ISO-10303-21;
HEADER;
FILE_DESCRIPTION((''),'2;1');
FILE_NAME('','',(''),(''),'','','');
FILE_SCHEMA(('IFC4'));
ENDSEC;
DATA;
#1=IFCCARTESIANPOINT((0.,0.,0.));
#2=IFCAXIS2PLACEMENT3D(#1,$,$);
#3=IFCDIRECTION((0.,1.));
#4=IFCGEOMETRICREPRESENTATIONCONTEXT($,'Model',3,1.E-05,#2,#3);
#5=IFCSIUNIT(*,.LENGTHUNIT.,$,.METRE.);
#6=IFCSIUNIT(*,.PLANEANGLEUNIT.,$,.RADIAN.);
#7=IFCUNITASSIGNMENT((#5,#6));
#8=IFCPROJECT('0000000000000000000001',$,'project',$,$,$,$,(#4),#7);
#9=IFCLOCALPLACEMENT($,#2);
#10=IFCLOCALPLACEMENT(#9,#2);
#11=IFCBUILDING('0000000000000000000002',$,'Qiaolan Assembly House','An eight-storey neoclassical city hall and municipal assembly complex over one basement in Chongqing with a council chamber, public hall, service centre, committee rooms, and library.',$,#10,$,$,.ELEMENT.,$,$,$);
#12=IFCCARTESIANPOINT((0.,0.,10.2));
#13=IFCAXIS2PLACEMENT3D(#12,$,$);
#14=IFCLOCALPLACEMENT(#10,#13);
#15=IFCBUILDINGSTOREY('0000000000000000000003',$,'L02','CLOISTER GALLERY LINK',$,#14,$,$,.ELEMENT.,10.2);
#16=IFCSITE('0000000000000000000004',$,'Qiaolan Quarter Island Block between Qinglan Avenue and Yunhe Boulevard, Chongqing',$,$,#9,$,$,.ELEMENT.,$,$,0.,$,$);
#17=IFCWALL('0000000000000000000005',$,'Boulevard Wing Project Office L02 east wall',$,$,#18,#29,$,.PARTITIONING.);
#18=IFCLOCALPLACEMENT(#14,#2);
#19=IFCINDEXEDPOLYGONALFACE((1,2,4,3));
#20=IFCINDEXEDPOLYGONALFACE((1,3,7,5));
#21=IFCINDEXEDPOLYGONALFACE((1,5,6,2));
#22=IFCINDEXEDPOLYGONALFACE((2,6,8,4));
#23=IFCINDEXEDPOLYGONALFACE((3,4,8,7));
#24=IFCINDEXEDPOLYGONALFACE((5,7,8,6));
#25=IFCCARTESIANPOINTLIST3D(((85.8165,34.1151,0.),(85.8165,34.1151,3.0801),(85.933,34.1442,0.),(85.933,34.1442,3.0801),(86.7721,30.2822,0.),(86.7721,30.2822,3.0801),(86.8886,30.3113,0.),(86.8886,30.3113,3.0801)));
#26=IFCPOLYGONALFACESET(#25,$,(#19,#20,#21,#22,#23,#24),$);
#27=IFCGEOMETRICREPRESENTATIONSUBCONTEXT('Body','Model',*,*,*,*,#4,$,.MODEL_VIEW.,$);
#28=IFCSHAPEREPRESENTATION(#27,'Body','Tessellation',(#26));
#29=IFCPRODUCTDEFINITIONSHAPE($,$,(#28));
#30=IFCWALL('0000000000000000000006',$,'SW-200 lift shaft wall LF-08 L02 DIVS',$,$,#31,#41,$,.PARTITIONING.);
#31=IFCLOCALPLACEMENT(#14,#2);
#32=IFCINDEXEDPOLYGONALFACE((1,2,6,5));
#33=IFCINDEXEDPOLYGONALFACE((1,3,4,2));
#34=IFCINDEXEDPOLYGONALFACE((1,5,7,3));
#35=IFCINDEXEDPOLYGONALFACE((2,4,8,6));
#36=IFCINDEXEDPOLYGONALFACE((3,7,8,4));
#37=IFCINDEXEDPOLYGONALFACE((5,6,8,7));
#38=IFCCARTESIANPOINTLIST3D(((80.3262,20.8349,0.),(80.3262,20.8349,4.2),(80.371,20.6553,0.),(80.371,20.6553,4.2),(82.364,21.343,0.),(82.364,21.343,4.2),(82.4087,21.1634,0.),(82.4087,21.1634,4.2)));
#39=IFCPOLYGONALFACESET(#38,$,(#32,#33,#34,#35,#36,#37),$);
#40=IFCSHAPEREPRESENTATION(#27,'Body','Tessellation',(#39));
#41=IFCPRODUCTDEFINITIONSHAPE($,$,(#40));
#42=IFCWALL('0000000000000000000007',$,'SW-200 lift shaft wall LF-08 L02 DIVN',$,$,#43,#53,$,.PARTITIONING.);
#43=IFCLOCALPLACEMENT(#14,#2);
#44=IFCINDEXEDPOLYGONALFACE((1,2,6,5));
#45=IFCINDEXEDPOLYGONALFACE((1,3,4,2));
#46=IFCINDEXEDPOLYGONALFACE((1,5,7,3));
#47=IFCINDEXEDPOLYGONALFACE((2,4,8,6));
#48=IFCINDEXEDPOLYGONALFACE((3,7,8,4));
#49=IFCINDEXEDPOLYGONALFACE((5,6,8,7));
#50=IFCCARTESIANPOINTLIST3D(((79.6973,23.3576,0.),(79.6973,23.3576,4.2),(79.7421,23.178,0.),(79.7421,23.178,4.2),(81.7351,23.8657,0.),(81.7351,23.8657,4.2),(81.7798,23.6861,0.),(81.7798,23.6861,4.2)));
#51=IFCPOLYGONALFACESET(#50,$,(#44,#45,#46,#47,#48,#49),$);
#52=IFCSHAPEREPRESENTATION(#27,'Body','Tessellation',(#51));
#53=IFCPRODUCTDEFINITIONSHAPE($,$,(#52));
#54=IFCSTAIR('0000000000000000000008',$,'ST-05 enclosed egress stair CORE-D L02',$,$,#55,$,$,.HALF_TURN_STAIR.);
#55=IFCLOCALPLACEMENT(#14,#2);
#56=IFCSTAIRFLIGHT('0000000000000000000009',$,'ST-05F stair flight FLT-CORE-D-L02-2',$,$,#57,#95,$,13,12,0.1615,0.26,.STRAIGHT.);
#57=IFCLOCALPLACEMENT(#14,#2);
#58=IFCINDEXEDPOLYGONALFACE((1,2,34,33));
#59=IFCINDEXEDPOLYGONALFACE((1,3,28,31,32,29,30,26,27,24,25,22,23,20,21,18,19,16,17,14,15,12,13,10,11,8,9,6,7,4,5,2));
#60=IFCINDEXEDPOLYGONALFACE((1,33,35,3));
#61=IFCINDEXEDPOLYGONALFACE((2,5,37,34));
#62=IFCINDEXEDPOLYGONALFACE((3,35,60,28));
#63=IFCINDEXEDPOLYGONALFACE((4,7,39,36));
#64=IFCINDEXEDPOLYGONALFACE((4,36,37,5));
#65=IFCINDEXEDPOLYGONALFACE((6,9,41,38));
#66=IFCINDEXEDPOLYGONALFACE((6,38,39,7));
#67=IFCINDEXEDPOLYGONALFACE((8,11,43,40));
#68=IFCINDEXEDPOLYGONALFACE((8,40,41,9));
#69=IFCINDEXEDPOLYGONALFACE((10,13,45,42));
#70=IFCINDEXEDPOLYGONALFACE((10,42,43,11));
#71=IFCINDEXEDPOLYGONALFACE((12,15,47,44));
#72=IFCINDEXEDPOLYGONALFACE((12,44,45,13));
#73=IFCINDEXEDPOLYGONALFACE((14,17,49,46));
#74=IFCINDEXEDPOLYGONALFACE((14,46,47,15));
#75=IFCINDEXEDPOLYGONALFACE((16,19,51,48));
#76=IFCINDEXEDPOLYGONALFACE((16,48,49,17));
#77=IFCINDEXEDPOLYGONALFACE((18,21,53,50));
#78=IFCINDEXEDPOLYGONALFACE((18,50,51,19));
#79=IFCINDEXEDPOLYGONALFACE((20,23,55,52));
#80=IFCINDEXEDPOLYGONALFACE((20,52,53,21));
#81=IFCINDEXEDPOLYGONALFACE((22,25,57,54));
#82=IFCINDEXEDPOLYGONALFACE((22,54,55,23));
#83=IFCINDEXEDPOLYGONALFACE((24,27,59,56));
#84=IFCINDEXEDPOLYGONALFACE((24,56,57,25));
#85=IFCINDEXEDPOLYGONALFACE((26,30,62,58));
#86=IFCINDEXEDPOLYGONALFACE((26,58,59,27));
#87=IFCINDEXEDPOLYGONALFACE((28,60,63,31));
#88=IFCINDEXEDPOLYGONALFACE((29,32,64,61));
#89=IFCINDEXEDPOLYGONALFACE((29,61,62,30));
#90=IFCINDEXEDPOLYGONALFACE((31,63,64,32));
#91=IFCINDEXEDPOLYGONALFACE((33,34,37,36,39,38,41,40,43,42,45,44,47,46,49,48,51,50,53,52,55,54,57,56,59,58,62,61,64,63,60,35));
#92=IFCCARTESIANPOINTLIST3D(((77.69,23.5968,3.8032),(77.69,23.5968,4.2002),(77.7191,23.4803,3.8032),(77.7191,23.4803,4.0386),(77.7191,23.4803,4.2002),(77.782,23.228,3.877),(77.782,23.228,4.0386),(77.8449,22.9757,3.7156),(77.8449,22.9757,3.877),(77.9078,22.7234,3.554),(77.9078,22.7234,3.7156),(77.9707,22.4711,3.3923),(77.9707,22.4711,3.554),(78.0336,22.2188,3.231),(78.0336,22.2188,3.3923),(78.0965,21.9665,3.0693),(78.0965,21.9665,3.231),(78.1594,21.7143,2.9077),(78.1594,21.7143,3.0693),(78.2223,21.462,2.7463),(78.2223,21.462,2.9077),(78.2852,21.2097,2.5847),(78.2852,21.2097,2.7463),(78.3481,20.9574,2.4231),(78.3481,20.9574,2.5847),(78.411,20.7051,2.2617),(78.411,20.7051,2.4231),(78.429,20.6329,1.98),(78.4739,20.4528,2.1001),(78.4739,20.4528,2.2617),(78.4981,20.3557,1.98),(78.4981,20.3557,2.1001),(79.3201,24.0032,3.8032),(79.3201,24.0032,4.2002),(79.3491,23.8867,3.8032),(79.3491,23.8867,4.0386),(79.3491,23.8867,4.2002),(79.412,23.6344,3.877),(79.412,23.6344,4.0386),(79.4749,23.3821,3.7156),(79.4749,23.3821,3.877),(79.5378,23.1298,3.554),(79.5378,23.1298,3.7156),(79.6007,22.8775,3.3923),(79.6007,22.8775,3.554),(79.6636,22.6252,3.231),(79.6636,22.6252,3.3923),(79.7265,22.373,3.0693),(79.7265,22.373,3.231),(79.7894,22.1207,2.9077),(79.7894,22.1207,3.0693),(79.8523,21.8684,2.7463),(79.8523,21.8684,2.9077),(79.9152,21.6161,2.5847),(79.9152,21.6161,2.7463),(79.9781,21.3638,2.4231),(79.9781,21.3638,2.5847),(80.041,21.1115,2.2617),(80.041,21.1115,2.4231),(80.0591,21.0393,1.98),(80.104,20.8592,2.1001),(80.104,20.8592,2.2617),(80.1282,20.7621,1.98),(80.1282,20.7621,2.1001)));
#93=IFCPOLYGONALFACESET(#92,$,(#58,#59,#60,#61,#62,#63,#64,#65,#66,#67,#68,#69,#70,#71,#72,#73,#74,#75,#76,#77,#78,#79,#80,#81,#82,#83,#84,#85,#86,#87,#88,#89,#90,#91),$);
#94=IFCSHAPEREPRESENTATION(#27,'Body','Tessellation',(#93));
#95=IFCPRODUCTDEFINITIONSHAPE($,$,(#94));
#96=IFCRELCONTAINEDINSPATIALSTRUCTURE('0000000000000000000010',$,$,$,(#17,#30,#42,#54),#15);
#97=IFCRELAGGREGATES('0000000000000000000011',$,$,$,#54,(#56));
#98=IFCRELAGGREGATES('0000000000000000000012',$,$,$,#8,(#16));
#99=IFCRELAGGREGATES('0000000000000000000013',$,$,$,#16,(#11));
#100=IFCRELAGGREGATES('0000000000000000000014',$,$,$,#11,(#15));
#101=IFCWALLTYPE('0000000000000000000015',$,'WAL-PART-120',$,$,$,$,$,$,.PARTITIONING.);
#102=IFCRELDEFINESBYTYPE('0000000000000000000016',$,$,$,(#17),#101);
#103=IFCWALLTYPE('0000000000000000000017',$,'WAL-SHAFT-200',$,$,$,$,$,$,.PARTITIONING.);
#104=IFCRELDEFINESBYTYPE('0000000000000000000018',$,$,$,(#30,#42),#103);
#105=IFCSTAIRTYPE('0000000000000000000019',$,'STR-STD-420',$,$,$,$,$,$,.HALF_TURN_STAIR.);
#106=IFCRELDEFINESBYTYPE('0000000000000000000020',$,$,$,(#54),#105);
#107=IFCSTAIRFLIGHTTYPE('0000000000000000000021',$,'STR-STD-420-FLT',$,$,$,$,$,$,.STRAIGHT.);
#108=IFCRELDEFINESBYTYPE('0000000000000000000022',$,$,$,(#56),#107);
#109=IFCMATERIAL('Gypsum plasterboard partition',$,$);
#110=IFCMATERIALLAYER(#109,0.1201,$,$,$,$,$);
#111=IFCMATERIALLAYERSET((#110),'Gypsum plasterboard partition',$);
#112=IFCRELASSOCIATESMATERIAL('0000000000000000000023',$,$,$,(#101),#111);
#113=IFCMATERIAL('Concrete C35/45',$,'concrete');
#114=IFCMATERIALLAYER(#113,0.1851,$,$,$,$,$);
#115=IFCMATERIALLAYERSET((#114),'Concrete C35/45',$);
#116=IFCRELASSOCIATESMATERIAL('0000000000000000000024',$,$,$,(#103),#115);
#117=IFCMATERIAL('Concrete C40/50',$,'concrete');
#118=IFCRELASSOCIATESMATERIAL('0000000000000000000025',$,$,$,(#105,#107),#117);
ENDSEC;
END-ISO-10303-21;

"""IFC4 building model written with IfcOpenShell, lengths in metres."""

from ifc_helpers import new_model, si_unit, direction, frame, frame_2d, origin, place, context, subcontext, project, spatial, polyline, rectangle, outline, extrude, material, layer, layer_set, type_object, element, aggregate, save


model = new_model("IFC4")

# Units and contexts
model_context = context("Model", 3, precision=1e-05, world=origin(), true_north=direction((0.0, 1.0)))
body_context = subcontext(model_context, "Body", "Model", "MODEL_VIEW")
ifc_project = project(units=[si_unit("LENGTHUNIT", "METRE"), si_unit("PLANEANGLEUNIT", "RADIAN")], contexts=[model_context])

# Site, building, storey
site_placement = place(None, origin())
site = spatial("IfcSite", under=ifc_project, at=site_placement, Name="Qiaolan Quarter Island Block between Qinglan Avenue and Yunhe Boulevard, Chongqing", CompositionType="ELEMENT", RefElevation=0.0)
building_placement = place(site_placement, origin())
building = spatial("IfcBuilding", under=site, at=building_placement, Name="Qiaolan Assembly House", Description="An eight-storey neoclassical city hall and municipal assembly complex over one basement in Chongqing with a council chamber, public hall, service centre, committee rooms, and library.", CompositionType="ELEMENT")
storey_placement = place(building_placement, frame((0.0, 0.0, 10.2)))
storey = spatial("IfcBuildingStorey", under=building, at=storey_placement, Name="L02", Description="CLOISTER GALLERY LINK", CompositionType="ELEMENT", Elevation=10.2)

# Shared definitions
ifc_material_1 = material(Name="Concrete C40/50", Category="concrete")

# Shared definitions
ifc_material_2 = material(Name="Concrete C35/45", Category="concrete")

# Walls
ifc_material_3 = material(Name="Gypsum plasterboard partition")
ifc_layer_1 = layer(ifc_material_3, 0.1201)
ifc_layer_set_1 = layer_set([ifc_layer_1], Name="Gypsum plasterboard partition")
wall_type_1 = type_object("IfcWallType", Name="WAL-PART-120", PredefinedType="PARTITIONING", material=ifc_layer_set_1)
wall_1_placement = place(storey_placement, frame((85.8748, 34.1296, 0.0), z_axis=(0.0, 0.0, 1.0), x_axis=(0.24191, -0.970299, 0.0)))
element("IfcWall", 1, at=wall_1_placement, inside=storey, type_object=wall_type_1, Name="Boulevard Wing Project Office L02 east wall", PredefinedType="PARTITIONING", context=body_context, shape_type="SweptSolid", body=[
    extrude(rectangle(XDim=3.9502, YDim=0.1201, at=frame_2d((1.9751, 0.0))), origin(), (0.0, 0.0, 1.0), 3.0801),
])
ifc_layer_2 = layer(ifc_material_2, 0.1851)
ifc_layer_set_2 = layer_set([ifc_layer_2], Name="Concrete C35/45")
wall_type_2 = type_object("IfcWallType", Name="WAL-SHAFT-200", PredefinedType="PARTITIONING", material=ifc_layer_set_2)
for number, where, z_axis, x_axis, name in (
    (2, (80.3486, 20.7451, 0.0), (0.0, 0.0, 1.0), (0.970293, 0.241934, 0.0), "SW-200 lift shaft wall LF-08 L02 DIVS"),
    (3, (79.7197, 23.2678, 0.0), (0.0, 0.0, 1.0), (0.970293, 0.241934, 0.0), "SW-200 lift shaft wall LF-08 L02 DIVN"),
):
    element("IfcWall", number, at=place(storey_placement, frame(where, z_axis=z_axis, x_axis=x_axis)), inside=storey, type_object=wall_type_2, Name=name, PredefinedType="PARTITIONING", context=body_context, shape_type="SweptSolid", body=[
        extrude(rectangle(XDim=2.1001, YDim=0.1851, at=frame_2d((1.05, 0.0))), origin(), (0.0, 0.0, 1.0), 4.2),
    ])

# Stair, stair flight
stair_type = type_object("IfcStairType", Name="STR-STD-420", PredefinedType="HALF_TURN_STAIR", material=ifc_material_1)
stair_placement = place(storey_placement, origin())
stair = element("IfcStair", 4, at=stair_placement, inside=storey, type_object=stair_type, Name="ST-05 enclosed egress stair CORE-D L02", PredefinedType="HALF_TURN_STAIR")
stair_flight_type = type_object("IfcStairFlightType", Name="STR-STD-420-FLT", PredefinedType="STRAIGHT", material=ifc_material_1)
stair_flight_placement = place(storey_placement, frame((79.2888, 20.656, 2.1001), z_axis=(0.0, 0.0, 1.0), x_axis=(-0.241922, 0.970296, 0.0)))
stair_flight = element("IfcStairFlight", 5, at=stair_flight_placement, type_object=stair_flight_type, Name="ST-05F stair flight FLT-CORE-D-L02-2", NumberOfRisers=13, NumberOfTreads=12, PredefinedType="STRAIGHT", RiserHeight=0.1615, TreadLength=0.26, context=body_context, shape_type="SweptSolid", body=[
    extrude(outline(polyline([(-0.1001, -0.1201), (-0.1001, 0.0), (0.0, 0.0), (0.0, 0.1616), (0.26, 0.1616), (0.26, 0.323), (0.52, 0.323), (0.52, 0.4846), (0.78, 0.4846), (0.78, 0.6462), (1.04, 0.6462), (1.04, 0.8076), (1.3, 0.8076), (1.3, 0.9692), (1.5601, 0.9692), (1.5601, 1.1309), (1.8201, 1.1309), (1.8201, 1.2922), (2.0801, 1.2922), (2.0801, 1.4539), (2.3401, 1.4539), (2.3401, 1.6155), (2.6001, 1.6155), (2.6001, 1.7769), (2.8601, 1.7769), (2.8601, 1.9385), (3.1201, 1.9385), (3.1201, 2.1001), (3.2402, 2.1001), (3.2402, 1.7031), (3.1201, 1.7031), (0.1855, -0.1201), (-0.1001, -0.1201)])), frame((0.0, 0.8398, 0.0), z_axis=(0.0, -1.0, 0.0), x_axis=(1.0, 0.0, 0.0)), (0.0, 0.0, 1.0), 1.6799),
])
aggregate(stair, [stair_flight])

save(model, "model.ifc")
